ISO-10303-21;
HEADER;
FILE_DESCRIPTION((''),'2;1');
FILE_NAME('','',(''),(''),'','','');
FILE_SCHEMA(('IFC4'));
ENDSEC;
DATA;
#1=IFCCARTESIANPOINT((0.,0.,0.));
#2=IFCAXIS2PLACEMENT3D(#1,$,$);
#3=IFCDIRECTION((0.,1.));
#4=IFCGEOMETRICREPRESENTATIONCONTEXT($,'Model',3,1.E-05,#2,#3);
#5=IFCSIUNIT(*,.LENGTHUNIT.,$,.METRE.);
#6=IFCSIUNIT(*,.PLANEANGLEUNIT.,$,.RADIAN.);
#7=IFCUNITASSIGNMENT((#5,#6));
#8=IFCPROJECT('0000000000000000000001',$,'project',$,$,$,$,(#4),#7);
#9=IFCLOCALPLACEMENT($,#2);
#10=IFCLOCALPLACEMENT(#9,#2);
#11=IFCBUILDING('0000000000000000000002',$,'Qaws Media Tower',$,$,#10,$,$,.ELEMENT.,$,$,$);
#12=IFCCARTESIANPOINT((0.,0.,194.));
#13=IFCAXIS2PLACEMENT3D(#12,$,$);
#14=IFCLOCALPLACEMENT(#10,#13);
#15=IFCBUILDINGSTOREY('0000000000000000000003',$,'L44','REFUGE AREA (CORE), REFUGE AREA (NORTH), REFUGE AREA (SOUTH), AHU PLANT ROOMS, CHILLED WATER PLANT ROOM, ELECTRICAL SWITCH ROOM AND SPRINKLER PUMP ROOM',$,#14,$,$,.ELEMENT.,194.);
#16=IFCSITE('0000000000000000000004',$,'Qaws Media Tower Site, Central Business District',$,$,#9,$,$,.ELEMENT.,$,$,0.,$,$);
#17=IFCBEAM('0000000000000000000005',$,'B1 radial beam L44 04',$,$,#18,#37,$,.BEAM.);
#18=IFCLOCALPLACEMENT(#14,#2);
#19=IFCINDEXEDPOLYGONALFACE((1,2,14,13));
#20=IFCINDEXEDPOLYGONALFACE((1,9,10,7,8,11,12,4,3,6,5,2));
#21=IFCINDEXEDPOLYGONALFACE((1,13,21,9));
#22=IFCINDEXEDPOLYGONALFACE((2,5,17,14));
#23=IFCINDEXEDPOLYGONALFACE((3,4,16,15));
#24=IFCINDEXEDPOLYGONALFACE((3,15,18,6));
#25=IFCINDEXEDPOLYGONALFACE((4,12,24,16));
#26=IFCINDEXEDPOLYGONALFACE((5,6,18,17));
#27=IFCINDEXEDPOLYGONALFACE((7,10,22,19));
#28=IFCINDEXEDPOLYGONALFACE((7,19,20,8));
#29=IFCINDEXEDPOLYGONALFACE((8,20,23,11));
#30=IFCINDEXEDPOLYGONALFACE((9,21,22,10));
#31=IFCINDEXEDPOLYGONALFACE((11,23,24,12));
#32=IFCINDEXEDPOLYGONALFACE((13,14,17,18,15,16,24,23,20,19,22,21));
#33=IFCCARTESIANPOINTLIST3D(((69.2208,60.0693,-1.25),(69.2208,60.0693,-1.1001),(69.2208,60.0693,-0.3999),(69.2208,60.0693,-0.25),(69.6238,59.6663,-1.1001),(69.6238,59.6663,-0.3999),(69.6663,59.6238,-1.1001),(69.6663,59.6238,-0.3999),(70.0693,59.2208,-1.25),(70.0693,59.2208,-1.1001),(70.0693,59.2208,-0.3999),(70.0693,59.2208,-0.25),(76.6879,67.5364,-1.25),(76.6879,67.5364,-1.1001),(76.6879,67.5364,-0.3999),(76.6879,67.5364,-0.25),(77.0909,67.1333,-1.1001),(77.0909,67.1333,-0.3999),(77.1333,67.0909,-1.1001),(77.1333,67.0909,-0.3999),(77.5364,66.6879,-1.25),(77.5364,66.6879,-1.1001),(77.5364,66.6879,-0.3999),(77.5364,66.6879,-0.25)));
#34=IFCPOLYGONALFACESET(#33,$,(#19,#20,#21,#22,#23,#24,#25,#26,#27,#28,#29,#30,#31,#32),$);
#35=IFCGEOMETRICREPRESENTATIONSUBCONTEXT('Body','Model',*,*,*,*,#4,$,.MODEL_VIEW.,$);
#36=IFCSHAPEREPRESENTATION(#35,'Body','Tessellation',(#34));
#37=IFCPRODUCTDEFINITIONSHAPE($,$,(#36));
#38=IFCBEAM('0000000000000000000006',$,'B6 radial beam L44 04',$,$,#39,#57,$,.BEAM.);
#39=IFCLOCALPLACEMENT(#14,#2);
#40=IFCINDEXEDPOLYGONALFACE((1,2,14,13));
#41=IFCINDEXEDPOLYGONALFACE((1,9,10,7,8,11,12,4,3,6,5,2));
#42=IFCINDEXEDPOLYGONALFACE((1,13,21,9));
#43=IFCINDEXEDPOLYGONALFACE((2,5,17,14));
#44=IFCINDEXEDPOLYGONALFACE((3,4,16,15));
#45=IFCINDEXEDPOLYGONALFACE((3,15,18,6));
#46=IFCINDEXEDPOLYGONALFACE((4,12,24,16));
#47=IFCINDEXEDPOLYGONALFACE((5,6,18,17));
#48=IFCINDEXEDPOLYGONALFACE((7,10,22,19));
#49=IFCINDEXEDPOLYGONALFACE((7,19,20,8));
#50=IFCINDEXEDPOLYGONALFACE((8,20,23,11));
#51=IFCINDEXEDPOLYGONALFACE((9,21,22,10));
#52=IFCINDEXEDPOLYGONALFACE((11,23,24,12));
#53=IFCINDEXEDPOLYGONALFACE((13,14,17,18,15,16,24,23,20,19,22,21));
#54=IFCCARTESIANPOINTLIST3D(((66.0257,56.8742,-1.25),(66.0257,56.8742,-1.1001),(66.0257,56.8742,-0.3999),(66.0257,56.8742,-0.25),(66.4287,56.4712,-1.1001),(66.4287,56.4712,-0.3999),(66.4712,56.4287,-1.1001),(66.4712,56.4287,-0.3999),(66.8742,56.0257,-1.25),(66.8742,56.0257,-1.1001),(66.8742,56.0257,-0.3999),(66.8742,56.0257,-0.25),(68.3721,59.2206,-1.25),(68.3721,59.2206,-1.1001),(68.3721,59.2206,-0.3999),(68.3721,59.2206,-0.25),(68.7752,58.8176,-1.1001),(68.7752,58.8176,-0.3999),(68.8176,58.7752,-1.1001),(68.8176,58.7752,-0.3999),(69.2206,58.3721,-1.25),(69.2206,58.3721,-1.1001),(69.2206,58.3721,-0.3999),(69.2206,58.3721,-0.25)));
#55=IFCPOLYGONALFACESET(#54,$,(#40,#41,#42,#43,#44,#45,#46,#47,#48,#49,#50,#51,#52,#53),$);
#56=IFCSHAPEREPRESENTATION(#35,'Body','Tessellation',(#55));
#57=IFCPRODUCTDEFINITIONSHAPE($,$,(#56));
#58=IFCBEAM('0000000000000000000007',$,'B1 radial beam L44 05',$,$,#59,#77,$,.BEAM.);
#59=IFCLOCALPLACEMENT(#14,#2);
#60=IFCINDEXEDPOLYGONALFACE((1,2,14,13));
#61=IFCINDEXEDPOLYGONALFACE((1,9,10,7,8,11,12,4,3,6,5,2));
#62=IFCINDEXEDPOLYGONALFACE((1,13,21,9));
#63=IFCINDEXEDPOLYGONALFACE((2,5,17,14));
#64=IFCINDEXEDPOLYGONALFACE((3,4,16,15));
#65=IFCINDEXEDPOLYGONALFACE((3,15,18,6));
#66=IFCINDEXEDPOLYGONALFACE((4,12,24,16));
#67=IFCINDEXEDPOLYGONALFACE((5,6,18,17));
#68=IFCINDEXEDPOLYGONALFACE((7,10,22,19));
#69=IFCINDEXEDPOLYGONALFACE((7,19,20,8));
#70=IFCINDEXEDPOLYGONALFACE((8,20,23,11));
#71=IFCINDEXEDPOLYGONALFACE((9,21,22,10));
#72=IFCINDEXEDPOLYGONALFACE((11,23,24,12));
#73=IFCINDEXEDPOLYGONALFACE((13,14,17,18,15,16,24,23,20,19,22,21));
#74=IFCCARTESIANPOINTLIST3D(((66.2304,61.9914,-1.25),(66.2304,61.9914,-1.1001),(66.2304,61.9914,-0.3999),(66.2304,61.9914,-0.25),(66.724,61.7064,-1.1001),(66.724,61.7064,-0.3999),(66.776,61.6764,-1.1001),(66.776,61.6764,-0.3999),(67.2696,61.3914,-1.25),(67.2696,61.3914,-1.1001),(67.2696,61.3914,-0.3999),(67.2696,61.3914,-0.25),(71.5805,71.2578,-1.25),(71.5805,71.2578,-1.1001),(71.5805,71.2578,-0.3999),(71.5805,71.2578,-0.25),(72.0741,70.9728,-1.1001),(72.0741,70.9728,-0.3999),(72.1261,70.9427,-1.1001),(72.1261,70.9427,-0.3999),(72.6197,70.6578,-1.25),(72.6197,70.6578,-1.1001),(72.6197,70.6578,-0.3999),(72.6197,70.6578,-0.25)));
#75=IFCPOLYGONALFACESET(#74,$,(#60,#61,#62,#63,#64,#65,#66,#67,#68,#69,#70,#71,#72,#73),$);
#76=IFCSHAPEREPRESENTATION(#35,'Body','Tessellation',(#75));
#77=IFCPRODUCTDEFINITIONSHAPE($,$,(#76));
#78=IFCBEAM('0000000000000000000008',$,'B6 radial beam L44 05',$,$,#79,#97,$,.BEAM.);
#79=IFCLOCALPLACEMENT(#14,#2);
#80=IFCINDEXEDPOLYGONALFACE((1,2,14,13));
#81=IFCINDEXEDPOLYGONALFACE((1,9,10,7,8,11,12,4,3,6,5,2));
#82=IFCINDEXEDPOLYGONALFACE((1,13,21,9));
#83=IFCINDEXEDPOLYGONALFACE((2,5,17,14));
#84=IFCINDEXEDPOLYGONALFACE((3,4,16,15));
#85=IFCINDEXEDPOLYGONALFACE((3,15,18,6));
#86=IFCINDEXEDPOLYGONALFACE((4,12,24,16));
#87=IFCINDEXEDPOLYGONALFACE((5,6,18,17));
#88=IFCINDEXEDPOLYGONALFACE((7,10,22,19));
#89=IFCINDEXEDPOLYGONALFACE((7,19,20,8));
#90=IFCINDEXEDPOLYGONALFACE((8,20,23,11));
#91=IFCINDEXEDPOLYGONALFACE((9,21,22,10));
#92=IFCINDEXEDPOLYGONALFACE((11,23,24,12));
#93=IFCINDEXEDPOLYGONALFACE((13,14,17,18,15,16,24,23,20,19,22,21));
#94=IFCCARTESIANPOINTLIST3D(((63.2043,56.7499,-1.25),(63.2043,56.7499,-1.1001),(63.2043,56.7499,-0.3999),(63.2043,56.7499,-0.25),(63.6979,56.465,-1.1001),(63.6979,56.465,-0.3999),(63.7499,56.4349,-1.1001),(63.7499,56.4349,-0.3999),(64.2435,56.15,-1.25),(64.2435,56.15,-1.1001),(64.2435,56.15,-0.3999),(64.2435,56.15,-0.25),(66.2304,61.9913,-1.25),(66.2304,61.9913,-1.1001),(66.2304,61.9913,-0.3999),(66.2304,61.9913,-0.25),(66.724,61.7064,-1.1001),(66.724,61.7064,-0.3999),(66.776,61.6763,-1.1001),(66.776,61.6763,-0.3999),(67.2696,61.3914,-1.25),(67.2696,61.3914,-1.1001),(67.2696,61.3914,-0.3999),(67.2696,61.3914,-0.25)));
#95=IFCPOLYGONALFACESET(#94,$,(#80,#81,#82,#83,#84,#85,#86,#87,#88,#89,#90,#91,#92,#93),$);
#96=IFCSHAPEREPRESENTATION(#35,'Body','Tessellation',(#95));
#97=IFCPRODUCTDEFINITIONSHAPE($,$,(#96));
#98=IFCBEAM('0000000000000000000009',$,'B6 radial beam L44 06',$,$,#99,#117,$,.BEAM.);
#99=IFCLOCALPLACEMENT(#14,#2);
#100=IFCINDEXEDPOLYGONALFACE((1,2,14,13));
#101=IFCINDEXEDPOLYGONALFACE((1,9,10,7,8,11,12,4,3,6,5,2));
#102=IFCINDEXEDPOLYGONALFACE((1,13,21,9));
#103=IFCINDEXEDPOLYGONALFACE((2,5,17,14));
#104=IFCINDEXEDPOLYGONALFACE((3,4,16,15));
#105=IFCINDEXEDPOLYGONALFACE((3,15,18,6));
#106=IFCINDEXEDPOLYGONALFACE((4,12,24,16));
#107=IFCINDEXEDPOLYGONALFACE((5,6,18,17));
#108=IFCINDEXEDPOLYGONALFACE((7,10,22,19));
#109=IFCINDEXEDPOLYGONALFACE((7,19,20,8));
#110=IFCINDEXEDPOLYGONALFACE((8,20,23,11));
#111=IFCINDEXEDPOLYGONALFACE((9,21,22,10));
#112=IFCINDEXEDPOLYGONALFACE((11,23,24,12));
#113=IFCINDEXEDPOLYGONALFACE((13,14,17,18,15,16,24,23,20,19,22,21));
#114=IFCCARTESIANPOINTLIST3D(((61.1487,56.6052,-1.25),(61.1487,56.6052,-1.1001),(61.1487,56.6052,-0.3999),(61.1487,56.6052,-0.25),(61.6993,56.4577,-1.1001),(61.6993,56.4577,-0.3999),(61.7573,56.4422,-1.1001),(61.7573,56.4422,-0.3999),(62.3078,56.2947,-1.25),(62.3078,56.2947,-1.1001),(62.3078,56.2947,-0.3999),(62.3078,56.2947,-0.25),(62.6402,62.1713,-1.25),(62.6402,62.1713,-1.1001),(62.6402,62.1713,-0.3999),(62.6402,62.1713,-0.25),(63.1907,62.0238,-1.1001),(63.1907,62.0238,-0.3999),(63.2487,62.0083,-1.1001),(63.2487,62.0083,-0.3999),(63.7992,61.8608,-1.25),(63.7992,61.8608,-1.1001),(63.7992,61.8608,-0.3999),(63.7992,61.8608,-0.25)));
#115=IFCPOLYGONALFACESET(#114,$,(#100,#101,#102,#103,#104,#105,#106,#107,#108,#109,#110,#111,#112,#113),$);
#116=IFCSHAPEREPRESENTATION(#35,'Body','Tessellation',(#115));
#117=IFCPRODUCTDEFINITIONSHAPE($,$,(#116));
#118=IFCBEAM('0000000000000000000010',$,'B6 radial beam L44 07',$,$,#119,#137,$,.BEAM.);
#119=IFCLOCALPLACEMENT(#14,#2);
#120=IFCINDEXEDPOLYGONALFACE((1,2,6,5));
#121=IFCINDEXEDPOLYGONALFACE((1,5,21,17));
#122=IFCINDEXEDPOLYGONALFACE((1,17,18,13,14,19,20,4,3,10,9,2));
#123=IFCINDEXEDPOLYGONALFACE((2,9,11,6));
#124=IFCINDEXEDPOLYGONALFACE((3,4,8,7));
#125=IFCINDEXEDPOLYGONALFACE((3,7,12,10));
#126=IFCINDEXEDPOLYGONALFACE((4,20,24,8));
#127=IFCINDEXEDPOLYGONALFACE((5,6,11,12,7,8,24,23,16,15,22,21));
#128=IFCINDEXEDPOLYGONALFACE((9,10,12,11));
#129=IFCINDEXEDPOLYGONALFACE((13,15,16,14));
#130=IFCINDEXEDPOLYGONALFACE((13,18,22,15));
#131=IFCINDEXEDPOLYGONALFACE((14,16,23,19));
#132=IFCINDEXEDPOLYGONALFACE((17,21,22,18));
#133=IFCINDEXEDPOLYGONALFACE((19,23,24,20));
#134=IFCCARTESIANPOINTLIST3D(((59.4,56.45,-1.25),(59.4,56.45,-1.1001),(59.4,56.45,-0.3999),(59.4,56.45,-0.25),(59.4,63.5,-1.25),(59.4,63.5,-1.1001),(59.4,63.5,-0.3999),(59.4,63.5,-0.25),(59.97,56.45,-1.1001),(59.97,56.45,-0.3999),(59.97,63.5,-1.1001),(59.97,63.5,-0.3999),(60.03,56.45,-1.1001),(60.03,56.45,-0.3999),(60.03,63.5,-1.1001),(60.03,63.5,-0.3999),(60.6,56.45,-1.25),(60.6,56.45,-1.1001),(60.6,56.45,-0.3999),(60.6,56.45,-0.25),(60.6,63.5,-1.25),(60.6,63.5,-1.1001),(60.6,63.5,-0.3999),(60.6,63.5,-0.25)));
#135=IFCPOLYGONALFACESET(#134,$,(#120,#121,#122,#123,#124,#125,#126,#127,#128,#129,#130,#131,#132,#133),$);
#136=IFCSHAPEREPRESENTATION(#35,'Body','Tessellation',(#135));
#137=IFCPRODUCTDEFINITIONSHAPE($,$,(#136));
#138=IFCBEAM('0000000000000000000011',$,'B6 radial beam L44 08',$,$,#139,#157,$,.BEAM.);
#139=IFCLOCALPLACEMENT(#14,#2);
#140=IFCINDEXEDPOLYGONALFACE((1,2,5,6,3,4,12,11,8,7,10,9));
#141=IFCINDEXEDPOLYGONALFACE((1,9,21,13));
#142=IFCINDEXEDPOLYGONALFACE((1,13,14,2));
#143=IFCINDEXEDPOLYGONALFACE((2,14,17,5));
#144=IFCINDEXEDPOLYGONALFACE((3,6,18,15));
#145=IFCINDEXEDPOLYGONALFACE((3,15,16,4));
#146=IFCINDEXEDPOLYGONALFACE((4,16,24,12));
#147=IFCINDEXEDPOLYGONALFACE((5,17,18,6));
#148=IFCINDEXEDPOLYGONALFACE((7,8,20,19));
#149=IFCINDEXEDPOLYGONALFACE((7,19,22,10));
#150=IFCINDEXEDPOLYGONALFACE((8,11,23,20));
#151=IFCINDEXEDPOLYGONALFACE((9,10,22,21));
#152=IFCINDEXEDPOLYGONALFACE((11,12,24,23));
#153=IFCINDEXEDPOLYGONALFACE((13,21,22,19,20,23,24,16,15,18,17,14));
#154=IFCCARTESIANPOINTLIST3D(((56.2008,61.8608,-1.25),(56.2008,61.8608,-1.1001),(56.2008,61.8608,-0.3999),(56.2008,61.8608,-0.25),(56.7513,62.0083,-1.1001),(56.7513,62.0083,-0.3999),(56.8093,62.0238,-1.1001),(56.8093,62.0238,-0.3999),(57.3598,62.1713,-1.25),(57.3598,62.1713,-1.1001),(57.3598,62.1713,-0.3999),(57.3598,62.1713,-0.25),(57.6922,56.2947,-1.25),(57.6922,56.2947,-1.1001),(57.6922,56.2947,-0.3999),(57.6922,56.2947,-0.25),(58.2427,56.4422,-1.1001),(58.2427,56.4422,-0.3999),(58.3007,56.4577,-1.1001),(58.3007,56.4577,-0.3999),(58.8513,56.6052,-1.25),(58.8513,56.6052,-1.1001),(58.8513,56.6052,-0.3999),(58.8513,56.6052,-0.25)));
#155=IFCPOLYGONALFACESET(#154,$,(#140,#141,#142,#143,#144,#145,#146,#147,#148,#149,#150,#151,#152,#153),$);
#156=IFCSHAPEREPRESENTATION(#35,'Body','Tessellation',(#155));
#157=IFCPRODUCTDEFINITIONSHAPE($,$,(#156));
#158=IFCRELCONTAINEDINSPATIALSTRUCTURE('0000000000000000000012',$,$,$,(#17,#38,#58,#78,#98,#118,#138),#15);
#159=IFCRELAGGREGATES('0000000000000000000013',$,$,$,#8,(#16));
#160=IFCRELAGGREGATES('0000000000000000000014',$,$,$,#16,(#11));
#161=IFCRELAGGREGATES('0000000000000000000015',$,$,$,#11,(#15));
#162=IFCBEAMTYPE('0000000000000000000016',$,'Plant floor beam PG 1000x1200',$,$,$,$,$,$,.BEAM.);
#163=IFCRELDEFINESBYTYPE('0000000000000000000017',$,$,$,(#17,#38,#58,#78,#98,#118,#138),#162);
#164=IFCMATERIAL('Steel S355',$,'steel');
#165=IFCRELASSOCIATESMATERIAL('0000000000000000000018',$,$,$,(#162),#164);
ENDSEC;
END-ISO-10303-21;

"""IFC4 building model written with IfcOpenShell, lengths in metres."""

from ifc_helpers import new_model, si_unit, direction, frame, origin, origin_2d, place, context, subcontext, project, spatial, i_section, extrude, material, material_profile, profile_set, type_object, element, save


model = new_model("IFC4")

# Units and contexts
model_context = context("Model", 3, precision=1e-05, world=origin(), true_north=direction((0.0, 1.0)))
body_context = subcontext(model_context, "Body", "Model", "MODEL_VIEW")
ifc_project = project(units=[si_unit("LENGTHUNIT", "METRE"), si_unit("PLANEANGLEUNIT", "RADIAN")], contexts=[model_context])

# Site, building, storey
site_placement = place(None, origin())
site = spatial("IfcSite", under=ifc_project, at=site_placement, Name="Qaws Media Tower Site, Central Business District", CompositionType="ELEMENT", RefElevation=0.0)
building_placement = place(site_placement, origin())
building = spatial("IfcBuilding", under=site, at=building_placement, Name="Qaws Media Tower", CompositionType="ELEMENT")
storey_placement = place(building_placement, frame((0.0, 0.0, 194.0)))
storey = spatial("IfcBuildingStorey", under=building, at=storey_placement, Name="L44", Description="REFUGE AREA (CORE), REFUGE AREA (NORTH), REFUGE AREA (SOUTH), AHU PLANT ROOMS, CHILLED WATER PLANT ROOM, ELECTRICAL SWITCH ROOM AND SPRINKLER PUMP ROOM", CompositionType="ELEMENT", Elevation=194.0)

# Beams
ifc_material_1 = material(Name="Steel S355", Category="steel")
ifc_material_profile_1 = material_profile(ifc_material_1, i_section(OverallWidth=1.2, OverallDepth=1.0, WebThickness=0.0601, FlangeThickness=0.1499, at=origin_2d()), Name="PG 1000x1200")
ifc_profile_set_1 = profile_set([ifc_material_profile_1], Name="Steel S355")
beam_type_1 = type_object("IfcBeamType", Name="Plant floor beam PG 1000x1200", PredefinedType="BEAM", material=ifc_profile_set_1)
beam_1_placement = place(storey_placement, frame((69.645, 59.645, -0.75), z_axis=(0.707107, 0.707107, 0.0), x_axis=(-0.707107, 0.707107, 0.0)))
element("IfcBeam", 1, at=beam_1_placement, inside=storey, type_object=beam_type_1, Name="B1 radial beam L44 04", PredefinedType="BEAM", context=body_context, shape_type="SweptSolid", body=[
    extrude(i_section(OverallWidth=1.2, OverallDepth=1.0, WebThickness=0.0601, FlangeThickness=0.1499, at=origin_2d()), origin(), (0.0, 0.0, 1.0), 10.5601),
])
beam_2_placement = place(storey_placement, frame((66.45, 56.45, -0.75), z_axis=(0.707107, 0.707107, 0.0), x_axis=(-0.707107, 0.707107, 0.0)))
element("IfcBeam", 2, at=beam_2_placement, inside=storey, type_object=beam_type_1, Name="B6 radial beam L44 04", PredefinedType="BEAM", context=body_context, shape_type="SweptSolid", body=[
    extrude(i_section(OverallWidth=1.2, OverallDepth=1.0, WebThickness=0.0601, FlangeThickness=0.1499, at=origin_2d()), origin(), (0.0, 0.0, 1.0), 3.3184),
])
beam_3_placement = place(storey_placement, frame((66.75, 61.6914, -0.75), z_axis=(0.500011, 0.866019, 0.0), x_axis=(-0.866019, 0.500011, 0.0)))
element("IfcBeam", 3, at=beam_3_placement, inside=storey, type_object=beam_type_1, Name="B1 radial beam L44 05", PredefinedType="BEAM", context=body_context, shape_type="SweptSolid", body=[
    extrude(i_section(OverallWidth=1.2, OverallDepth=1.0, WebThickness=0.0601, FlangeThickness=0.1499, at=origin_2d()), origin(), (0.0, 0.0, 1.0), 10.7),
])
beam_4_placement = place(storey_placement, frame((63.7239, 56.45, -0.75), z_axis=(0.499996, 0.866028, 0.0), x_axis=(-0.866028, 0.499996, 0.0)))
element("IfcBeam", 4, at=beam_4_placement, inside=storey, type_object=beam_type_1, Name="B6 radial beam L44 05", PredefinedType="BEAM", context=body_context, shape_type="SweptSolid", body=[
    extrude(i_section(OverallWidth=1.2, OverallDepth=1.0, WebThickness=0.0601, FlangeThickness=0.1499, at=origin_2d()), origin(), (0.0, 0.0, 1.0), 6.0522),
])
beam_5_placement = place(storey_placement, frame((61.7283, 56.45, -0.75), z_axis=(0.25882, 0.965926, 0.0), x_axis=(-0.965926, 0.25882, 0.0)))
element("IfcBeam", 5, at=beam_5_placement, inside=storey, type_object=beam_type_1, Name="B6 radial beam L44 06", PredefinedType="BEAM", context=body_context, shape_type="SweptSolid", body=[
    extrude(i_section(OverallWidth=1.2, OverallDepth=1.0, WebThickness=0.0601, FlangeThickness=0.1499, at=origin_2d()), origin(), (0.0, 0.0, 1.0), 5.7625),
])
beam_6_placement = place(storey_placement, frame((60.0, 56.45, -0.75), z_axis=(0.0, 1.0, 0.0), x_axis=(-1.0, 0.0, 0.0)))
element("IfcBeam", 6, at=beam_6_placement, inside=storey, type_object=beam_type_1, Name="B6 radial beam L44 07", PredefinedType="BEAM", context=body_context, shape_type="SweptSolid", body=[
    extrude(i_section(OverallWidth=1.2, OverallDepth=1.0, WebThickness=0.0601, FlangeThickness=0.1499, at=origin_2d()), origin(), (0.0, 0.0, 1.0), 7.05),
])
beam_7_placement = place(storey_placement, frame((58.2717, 56.45, -0.75), z_axis=(-0.25882, 0.965926, 0.0), x_axis=(-0.965926, -0.25882, 0.0)))
element("IfcBeam", 7, at=beam_7_placement, inside=storey, type_object=beam_type_1, Name="B6 radial beam L44 08", PredefinedType="BEAM", context=body_context, shape_type="SweptSolid", body=[
    extrude(i_section(OverallWidth=1.2, OverallDepth=1.0, WebThickness=0.0601, FlangeThickness=0.1499, at=origin_2d()), origin(), (0.0, 0.0, 1.0), 5.7625),
])

save(model, "model.ifc")
